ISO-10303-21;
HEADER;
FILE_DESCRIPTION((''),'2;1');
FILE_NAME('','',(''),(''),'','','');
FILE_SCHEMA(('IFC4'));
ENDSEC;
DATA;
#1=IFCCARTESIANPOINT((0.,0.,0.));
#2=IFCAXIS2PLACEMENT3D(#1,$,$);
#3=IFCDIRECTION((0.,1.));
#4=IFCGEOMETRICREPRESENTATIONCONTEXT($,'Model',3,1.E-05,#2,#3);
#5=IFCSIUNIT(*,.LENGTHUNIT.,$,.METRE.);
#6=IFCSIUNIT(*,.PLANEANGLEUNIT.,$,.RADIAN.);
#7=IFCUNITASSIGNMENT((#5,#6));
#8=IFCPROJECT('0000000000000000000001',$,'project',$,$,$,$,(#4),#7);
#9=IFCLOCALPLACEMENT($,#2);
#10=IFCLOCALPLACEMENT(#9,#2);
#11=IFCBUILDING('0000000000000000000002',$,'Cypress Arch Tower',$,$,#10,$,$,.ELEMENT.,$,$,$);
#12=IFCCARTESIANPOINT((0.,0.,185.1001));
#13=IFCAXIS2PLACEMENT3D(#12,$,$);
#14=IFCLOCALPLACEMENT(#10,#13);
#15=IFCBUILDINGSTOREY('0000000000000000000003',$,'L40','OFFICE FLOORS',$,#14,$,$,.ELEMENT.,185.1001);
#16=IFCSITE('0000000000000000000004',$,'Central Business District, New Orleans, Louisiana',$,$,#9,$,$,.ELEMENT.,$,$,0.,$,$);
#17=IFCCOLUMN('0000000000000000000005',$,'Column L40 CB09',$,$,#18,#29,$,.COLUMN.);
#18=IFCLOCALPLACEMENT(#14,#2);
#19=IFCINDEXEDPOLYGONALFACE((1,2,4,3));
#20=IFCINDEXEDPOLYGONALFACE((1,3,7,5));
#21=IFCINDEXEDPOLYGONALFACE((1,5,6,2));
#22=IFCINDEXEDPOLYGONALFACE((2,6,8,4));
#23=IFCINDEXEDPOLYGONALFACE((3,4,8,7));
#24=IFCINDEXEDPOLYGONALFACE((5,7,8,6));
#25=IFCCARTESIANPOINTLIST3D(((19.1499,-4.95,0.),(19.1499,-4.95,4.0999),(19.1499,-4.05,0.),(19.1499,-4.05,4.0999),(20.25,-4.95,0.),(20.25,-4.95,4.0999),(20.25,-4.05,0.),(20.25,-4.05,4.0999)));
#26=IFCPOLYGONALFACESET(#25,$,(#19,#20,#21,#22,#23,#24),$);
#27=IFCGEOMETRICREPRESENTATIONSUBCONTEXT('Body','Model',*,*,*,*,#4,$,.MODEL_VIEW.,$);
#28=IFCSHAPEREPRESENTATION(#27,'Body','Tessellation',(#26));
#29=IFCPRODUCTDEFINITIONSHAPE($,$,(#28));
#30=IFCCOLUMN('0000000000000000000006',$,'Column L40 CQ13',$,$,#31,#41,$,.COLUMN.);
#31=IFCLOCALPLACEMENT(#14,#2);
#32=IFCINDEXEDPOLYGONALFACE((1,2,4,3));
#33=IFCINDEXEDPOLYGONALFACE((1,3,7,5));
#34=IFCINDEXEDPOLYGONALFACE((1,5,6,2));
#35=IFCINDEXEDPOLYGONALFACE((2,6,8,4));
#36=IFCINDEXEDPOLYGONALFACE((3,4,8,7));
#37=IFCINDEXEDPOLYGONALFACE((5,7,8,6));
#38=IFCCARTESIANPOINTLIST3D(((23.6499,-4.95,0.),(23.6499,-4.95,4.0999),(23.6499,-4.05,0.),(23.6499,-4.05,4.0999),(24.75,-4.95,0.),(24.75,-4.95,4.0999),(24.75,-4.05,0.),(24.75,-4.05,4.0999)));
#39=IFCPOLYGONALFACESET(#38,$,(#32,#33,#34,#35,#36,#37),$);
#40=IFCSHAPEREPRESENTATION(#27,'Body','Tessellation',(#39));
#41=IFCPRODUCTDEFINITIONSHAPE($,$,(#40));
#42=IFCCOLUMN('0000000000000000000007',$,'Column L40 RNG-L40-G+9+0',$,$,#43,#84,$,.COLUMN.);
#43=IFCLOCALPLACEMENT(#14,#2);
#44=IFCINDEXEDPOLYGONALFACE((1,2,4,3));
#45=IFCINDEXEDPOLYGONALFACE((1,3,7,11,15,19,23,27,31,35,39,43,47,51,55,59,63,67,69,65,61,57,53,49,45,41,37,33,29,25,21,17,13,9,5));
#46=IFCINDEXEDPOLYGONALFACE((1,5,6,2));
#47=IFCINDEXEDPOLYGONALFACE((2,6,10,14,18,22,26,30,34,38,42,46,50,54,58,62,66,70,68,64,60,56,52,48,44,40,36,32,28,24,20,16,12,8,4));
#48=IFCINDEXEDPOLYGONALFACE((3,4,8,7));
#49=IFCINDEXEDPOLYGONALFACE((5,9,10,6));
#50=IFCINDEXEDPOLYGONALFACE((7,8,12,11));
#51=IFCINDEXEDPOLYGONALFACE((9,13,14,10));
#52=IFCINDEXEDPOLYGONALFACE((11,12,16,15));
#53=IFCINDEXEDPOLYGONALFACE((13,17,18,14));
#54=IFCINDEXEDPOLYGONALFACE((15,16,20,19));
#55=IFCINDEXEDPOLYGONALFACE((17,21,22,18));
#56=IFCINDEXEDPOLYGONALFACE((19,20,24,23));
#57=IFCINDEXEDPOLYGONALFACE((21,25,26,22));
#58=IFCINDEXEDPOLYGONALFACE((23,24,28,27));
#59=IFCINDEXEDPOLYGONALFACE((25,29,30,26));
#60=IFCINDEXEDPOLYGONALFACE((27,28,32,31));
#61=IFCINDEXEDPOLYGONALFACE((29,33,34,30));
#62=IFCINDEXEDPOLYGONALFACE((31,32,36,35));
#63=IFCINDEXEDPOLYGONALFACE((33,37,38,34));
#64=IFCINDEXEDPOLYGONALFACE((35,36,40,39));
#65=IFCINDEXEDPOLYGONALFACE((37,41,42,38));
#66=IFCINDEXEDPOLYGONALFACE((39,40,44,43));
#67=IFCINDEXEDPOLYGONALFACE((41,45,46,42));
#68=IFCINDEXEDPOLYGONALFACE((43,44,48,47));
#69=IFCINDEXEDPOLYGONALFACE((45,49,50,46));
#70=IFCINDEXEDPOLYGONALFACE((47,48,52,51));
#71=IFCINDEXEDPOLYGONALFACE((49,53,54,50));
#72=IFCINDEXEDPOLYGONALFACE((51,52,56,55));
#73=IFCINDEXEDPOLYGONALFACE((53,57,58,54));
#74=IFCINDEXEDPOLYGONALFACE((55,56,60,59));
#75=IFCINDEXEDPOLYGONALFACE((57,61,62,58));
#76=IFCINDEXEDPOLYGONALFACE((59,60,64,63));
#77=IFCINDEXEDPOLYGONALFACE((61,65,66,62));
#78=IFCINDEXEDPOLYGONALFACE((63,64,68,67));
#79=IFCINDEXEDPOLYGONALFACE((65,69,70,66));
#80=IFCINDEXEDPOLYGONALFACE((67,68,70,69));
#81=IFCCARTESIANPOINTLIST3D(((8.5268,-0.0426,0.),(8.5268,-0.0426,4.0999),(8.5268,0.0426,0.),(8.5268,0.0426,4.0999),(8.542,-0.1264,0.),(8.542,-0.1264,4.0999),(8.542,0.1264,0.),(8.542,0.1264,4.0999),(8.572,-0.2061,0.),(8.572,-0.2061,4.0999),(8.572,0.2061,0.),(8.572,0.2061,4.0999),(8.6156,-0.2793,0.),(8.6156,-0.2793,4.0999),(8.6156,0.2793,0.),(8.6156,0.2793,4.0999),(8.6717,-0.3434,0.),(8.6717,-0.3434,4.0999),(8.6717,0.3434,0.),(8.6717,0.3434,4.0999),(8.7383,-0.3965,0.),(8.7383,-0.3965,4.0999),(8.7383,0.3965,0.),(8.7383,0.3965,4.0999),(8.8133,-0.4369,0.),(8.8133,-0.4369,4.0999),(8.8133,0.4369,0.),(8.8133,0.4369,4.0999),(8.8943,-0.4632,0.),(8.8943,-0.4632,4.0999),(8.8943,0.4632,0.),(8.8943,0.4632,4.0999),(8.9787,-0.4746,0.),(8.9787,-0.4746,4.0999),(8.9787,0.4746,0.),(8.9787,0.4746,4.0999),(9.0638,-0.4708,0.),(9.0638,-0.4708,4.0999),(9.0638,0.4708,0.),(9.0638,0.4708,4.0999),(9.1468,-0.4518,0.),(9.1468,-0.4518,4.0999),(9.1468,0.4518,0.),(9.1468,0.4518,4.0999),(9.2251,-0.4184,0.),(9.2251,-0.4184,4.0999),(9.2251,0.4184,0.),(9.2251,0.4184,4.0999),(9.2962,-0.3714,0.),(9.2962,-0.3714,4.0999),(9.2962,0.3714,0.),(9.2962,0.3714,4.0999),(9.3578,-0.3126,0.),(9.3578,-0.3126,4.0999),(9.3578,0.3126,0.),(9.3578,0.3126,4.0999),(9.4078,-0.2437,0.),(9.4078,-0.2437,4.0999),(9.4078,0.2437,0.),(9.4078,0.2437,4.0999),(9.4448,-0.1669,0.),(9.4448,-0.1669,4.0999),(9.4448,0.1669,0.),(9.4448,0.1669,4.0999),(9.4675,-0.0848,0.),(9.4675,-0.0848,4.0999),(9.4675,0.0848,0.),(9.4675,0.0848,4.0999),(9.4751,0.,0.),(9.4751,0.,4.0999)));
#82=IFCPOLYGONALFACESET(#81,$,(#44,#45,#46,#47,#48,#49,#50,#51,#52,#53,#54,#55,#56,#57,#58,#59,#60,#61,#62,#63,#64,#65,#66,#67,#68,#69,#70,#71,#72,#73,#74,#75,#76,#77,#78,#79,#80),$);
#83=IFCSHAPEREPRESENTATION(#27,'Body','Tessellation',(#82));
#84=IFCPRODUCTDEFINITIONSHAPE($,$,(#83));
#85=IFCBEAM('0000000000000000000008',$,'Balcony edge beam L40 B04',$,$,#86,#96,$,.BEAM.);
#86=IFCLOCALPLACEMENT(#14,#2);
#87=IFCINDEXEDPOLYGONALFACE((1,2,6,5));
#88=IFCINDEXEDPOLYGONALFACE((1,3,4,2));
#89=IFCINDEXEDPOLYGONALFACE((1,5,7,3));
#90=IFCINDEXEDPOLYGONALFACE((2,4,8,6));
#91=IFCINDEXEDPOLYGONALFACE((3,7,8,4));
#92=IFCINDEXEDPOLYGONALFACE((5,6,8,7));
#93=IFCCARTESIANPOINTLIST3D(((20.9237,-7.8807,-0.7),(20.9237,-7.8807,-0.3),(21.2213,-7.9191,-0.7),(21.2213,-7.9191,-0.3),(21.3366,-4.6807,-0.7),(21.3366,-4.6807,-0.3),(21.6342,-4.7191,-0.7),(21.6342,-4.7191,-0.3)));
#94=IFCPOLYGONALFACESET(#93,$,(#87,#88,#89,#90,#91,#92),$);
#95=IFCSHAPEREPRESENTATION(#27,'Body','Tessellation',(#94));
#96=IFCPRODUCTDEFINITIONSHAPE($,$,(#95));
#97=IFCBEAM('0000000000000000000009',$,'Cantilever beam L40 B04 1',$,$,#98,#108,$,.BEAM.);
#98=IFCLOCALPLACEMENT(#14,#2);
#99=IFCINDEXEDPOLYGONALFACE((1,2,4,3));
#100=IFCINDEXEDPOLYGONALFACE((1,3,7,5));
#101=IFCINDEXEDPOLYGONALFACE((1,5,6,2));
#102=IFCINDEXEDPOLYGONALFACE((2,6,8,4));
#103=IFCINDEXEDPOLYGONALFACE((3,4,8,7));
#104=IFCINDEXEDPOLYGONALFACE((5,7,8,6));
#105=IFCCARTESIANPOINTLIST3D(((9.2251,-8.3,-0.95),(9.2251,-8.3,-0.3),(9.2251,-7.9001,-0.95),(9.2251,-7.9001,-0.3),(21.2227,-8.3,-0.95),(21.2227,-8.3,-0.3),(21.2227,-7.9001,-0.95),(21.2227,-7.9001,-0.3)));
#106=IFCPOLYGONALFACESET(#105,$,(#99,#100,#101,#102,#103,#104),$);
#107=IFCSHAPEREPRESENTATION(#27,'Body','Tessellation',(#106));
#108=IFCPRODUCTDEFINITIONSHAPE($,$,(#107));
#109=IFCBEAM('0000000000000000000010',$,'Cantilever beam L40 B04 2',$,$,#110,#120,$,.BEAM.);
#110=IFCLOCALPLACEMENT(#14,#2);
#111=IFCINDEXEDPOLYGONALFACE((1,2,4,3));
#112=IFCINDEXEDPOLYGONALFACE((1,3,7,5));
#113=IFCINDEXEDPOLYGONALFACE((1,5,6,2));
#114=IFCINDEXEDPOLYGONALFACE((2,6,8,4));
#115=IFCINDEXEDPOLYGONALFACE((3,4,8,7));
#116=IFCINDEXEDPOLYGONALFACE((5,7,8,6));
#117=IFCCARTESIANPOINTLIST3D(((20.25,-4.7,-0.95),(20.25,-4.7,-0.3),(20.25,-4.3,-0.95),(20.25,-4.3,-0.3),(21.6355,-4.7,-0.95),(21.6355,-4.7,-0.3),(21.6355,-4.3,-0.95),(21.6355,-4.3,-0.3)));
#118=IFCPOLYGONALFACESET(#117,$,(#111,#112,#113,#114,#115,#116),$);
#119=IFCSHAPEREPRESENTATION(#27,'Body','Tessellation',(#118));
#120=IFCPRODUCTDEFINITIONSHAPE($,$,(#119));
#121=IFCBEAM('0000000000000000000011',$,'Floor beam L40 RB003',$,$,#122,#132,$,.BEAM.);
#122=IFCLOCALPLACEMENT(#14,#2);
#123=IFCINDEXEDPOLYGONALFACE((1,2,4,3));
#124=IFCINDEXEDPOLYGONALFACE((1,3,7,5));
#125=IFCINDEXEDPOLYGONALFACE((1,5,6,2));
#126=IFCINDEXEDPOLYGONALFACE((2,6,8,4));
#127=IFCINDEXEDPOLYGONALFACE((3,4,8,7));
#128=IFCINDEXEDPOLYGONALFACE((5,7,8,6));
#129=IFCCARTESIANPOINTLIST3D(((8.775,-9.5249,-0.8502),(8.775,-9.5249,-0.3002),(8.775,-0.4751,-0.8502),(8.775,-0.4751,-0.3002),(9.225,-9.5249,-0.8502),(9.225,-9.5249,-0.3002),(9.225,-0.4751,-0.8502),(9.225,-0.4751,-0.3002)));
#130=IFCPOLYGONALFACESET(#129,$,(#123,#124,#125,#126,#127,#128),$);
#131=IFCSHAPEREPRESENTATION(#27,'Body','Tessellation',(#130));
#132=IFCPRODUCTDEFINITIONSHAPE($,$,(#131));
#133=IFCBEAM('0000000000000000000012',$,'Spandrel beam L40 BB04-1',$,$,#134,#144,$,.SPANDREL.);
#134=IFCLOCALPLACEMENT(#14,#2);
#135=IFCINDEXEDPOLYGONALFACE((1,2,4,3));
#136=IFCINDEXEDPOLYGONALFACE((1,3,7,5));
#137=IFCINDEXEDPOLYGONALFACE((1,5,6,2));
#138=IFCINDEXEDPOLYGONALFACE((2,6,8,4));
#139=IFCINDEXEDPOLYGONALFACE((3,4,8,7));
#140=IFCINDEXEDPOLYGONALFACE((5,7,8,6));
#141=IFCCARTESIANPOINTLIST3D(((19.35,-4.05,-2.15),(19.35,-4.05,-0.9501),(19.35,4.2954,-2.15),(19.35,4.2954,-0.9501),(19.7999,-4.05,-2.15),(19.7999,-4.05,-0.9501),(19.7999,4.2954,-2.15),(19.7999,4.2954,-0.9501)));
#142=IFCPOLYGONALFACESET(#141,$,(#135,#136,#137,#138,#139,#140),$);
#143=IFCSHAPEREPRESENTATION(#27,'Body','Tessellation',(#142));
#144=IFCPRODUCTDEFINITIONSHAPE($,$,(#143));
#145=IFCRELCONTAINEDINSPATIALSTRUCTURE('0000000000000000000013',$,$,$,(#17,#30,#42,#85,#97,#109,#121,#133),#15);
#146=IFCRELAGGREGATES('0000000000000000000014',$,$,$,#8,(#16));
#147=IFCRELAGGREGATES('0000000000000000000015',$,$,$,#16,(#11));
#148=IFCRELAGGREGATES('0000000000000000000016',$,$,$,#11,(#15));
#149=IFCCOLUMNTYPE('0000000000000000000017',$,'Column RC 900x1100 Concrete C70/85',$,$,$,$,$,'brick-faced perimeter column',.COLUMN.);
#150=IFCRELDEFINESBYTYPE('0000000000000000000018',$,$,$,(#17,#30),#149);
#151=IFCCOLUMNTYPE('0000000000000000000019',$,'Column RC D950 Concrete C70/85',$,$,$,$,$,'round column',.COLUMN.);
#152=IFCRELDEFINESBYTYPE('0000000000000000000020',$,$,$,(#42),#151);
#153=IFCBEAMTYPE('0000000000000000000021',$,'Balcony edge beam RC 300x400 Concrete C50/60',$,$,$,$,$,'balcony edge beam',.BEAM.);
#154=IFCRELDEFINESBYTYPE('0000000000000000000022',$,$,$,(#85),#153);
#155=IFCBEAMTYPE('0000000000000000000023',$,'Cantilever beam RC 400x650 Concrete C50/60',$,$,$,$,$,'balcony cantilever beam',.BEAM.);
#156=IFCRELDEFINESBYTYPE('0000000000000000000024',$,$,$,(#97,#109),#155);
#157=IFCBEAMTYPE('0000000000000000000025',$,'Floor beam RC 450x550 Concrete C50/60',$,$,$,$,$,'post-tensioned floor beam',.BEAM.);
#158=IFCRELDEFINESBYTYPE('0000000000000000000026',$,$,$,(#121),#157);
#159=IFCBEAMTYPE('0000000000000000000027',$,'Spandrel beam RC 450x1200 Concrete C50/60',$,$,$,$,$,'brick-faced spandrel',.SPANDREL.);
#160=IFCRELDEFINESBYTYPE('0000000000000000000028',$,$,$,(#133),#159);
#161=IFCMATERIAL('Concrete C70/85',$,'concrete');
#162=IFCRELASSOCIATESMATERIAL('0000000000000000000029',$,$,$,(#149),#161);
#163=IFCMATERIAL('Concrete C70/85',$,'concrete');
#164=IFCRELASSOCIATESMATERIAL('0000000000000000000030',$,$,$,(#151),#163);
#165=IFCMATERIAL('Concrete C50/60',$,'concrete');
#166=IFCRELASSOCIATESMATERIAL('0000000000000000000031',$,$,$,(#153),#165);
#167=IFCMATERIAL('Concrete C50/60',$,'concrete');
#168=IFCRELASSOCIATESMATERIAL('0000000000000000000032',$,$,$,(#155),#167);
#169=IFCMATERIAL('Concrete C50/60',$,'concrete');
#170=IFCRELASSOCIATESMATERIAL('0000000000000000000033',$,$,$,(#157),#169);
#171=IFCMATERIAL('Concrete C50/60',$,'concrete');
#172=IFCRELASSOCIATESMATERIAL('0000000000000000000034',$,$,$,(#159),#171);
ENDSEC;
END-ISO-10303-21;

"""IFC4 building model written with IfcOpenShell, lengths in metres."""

from ifc_helpers import new_model, si_unit, direction, frame, origin, origin_2d, place, context, subcontext, project, spatial, rectangle, circle, extrude, material, material_profile, profile_set, type_object, element, save


model = new_model("IFC4")

# Units and contexts
model_context = context("Model", 3, precision=1e-05, world=origin(), true_north=direction((0.0, 1.0)))
body_context = subcontext(model_context, "Body", "Model", "MODEL_VIEW")
ifc_project = project(units=[si_unit("LENGTHUNIT", "METRE"), si_unit("PLANEANGLEUNIT", "RADIAN")], contexts=[model_context])

# Site, building, storey
site_placement = place(None, origin())
site = spatial("IfcSite", under=ifc_project, at=site_placement, Name="Central Business District, New Orleans, Louisiana", CompositionType="ELEMENT", RefElevation=0.0)
building_placement = place(site_placement, origin())
building = spatial("IfcBuilding", under=site, at=building_placement, Name="Cypress Arch Tower", CompositionType="ELEMENT")
storey_placement = place(building_placement, frame((0.0, 0.0, 185.1001)))
storey = spatial("IfcBuildingStorey", under=building, at=storey_placement, Name="L40", Description="OFFICE FLOORS", CompositionType="ELEMENT", Elevation=185.1001)

# Columns
ifc_material_1 = material(Name="Concrete C70/85", Category="concrete")
ifc_material_profile_1 = material_profile(ifc_material_1, rectangle(XDim=0.8999, YDim=1.1001, at=origin_2d()), Name="RC 900x1100")
ifc_profile_set_1 = profile_set([ifc_material_profile_1], Name="Concrete C70/85")
column_type_1 = type_object("IfcColumnType", Name="Column RC 900x1100 Concrete C70/85", ElementType="brick-faced perimeter column", PredefinedType="COLUMN", material=ifc_profile_set_1)
for number, where, z_axis, x_axis, name in (
    (1, (19.7, -4.5, 0.0), (0.0, 0.0, 1.0), (0.0, 1.0, 0.0), "Column L40 CB09"),
    (2, (24.2, -4.5, 0.0), (0.0, 0.0, 1.0), (0.0, 1.0, 0.0), "Column L40 CQ13"),
):
    element("IfcColumn", number, at=place(storey_placement, frame(where, z_axis=z_axis, x_axis=x_axis)), inside=storey, type_object=column_type_1, Name=name, PredefinedType="COLUMN", context=body_context, shape_type="SweptSolid", body=[
        extrude(rectangle(XDim=0.8999, YDim=1.1001, at=origin_2d()), origin(), (0.0, 0.0, 1.0), 4.0999),
    ])
ifc_material_2 = material(Name="Concrete C70/85", Category="concrete")
ifc_material_profile_2 = material_profile(ifc_material_2, circle(Radius=0.4751, at=origin_2d()), Name="RC D950")
ifc_profile_set_2 = profile_set([ifc_material_profile_2], Name="Concrete C70/85")
column_type_2 = type_object("IfcColumnType", Name="Column RC D950 Concrete C70/85", ElementType="round column", PredefinedType="COLUMN", material=ifc_profile_set_2)
column_placement = place(storey_placement, frame((9.0, 0.0, 0.0), z_axis=(0.0, 0.0, 1.0), x_axis=(1.0, 0.0, 0.0)))
element("IfcColumn", 3, at=column_placement, inside=storey, type_object=column_type_2, Name="Column L40 RNG-L40-G+9+0", PredefinedType="COLUMN", context=body_context, shape_type="SweptSolid", body=[
    extrude(circle(Radius=0.4751, at=origin_2d()), origin(), (0.0, 0.0, 1.0), 4.0999),
])

# Beams
ifc_material_3 = material(Name="Concrete C50/60", Category="concrete")
ifc_material_profile_3 = material_profile(ifc_material_3, rectangle(XDim=0.3, YDim=0.3999, at=origin_2d()), Name="RC 300x400")
ifc_profile_set_3 = profile_set([ifc_material_profile_3], Name="Concrete C50/60")
beam_type_1 = type_object("IfcBeamType", Name="Balcony edge beam RC 300x400 Concrete C50/60", ElementType="balcony edge beam", PredefinedType="BEAM", material=ifc_profile_set_3)
beam_1_placement = place(storey_placement, frame((21.0725, -7.8999, -0.5), z_axis=(0.127955, 0.99178, 0.0), x_axis=(-0.99178, 0.127955, 0.0)))
element("IfcBeam", 4, at=beam_1_placement, inside=storey, type_object=beam_type_1, Name="Balcony edge beam L40 B04", PredefinedType="BEAM", context=body_context, shape_type="SweptSolid", body=[
    extrude(rectangle(XDim=0.3, YDim=0.3999, at=origin_2d()), origin(), (0.0, 0.0, 1.0), 3.2266),
])
ifc_material_4 = material(Name="Concrete C50/60", Category="concrete")
ifc_material_profile_4 = material_profile(ifc_material_4, rectangle(XDim=0.3999, YDim=0.6499, at=origin_2d()), Name="RC 400x650")
ifc_profile_set_4 = profile_set([ifc_material_profile_4], Name="Concrete C50/60")
beam_type_2 = type_object("IfcBeamType", Name="Cantilever beam RC 400x650 Concrete C50/60", ElementType="balcony cantilever beam", PredefinedType="BEAM", material=ifc_profile_set_4)
beam_2_placement = place(storey_placement, frame((9.2251, -8.1001, -0.625), z_axis=(1.0, 0.0, 0.0), x_axis=(0.0, 1.0, 0.0)))
element("IfcBeam", 5, at=beam_2_placement, inside=storey, type_object=beam_type_2, Name="Cantilever beam L40 B04 1", PredefinedType="BEAM", context=body_context, shape_type="SweptSolid", body=[
    extrude(rectangle(XDim=0.3999, YDim=0.6499, at=origin_2d()), origin(), (0.0, 0.0, 1.0), 11.9976),
])
beam_3_placement = place(storey_placement, frame((20.25, -4.5, -0.625), z_axis=(1.0, 0.0, 0.0), x_axis=(0.0, 1.0, 0.0)))
element("IfcBeam", 6, at=beam_3_placement, inside=storey, type_object=beam_type_2, Name="Cantilever beam L40 B04 2", PredefinedType="BEAM", context=body_context, shape_type="SweptSolid", body=[
    extrude(rectangle(XDim=0.3999, YDim=0.6499, at=origin_2d()), origin(), (0.0, 0.0, 1.0), 1.3855),
])
ifc_material_5 = material(Name="Concrete C50/60", Category="concrete")
ifc_material_profile_5 = material_profile(ifc_material_5, rectangle(XDim=0.45, YDim=0.55, at=origin_2d()), Name="RC 450x550")
ifc_profile_set_5 = profile_set([ifc_material_profile_5], Name="Concrete C50/60")
beam_type_3 = type_object("IfcBeamType", Name="Floor beam RC 450x550 Concrete C50/60", ElementType="post-tensioned floor beam", PredefinedType="BEAM", material=ifc_profile_set_5)
beam_4_placement = place(storey_placement, frame((9.0, -9.5249, -0.5752), z_axis=(0.0, 1.0, 0.0), x_axis=(-1.0, 0.0, 0.0)))
element("IfcBeam", 7, at=beam_4_placement, inside=storey, type_object=beam_type_3, Name="Floor beam L40 RB003", PredefinedType="BEAM", context=body_context, shape_type="SweptSolid", body=[
    extrude(rectangle(XDim=0.45, YDim=0.55, at=origin_2d()), origin(), (0.0, 0.0, 1.0), 9.0498),
])
ifc_material_6 = material(Name="Concrete C50/60", Category="concrete")
ifc_material_profile_6 = material_profile(ifc_material_6, rectangle(XDim=0.45, YDim=1.2, at=origin_2d()), Name="RC 450x1200")
ifc_profile_set_6 = profile_set([ifc_material_profile_6], Name="Concrete C50/60")
beam_type_4 = type_object("IfcBeamType", Name="Spandrel beam RC 450x1200 Concrete C50/60", ElementType="brick-faced spandrel", PredefinedType="SPANDREL", material=ifc_profile_set_6)
beam_5_placement = place(storey_placement, frame((19.575, -4.05, -1.55), z_axis=(0.0, 1.0, 0.0), x_axis=(-1.0, 0.0, 0.0)))
element("IfcBeam", 8, at=beam_5_placement, inside=storey, type_object=beam_type_4, Name="Spandrel beam L40 BB04-1", PredefinedType="SPANDREL", context=body_context, shape_type="SweptSolid", body=[
    extrude(rectangle(XDim=0.45, YDim=1.2, at=origin_2d()), origin(), (0.0, 0.0, 1.0), 8.3455),
])

save(model, "model.ifc")
